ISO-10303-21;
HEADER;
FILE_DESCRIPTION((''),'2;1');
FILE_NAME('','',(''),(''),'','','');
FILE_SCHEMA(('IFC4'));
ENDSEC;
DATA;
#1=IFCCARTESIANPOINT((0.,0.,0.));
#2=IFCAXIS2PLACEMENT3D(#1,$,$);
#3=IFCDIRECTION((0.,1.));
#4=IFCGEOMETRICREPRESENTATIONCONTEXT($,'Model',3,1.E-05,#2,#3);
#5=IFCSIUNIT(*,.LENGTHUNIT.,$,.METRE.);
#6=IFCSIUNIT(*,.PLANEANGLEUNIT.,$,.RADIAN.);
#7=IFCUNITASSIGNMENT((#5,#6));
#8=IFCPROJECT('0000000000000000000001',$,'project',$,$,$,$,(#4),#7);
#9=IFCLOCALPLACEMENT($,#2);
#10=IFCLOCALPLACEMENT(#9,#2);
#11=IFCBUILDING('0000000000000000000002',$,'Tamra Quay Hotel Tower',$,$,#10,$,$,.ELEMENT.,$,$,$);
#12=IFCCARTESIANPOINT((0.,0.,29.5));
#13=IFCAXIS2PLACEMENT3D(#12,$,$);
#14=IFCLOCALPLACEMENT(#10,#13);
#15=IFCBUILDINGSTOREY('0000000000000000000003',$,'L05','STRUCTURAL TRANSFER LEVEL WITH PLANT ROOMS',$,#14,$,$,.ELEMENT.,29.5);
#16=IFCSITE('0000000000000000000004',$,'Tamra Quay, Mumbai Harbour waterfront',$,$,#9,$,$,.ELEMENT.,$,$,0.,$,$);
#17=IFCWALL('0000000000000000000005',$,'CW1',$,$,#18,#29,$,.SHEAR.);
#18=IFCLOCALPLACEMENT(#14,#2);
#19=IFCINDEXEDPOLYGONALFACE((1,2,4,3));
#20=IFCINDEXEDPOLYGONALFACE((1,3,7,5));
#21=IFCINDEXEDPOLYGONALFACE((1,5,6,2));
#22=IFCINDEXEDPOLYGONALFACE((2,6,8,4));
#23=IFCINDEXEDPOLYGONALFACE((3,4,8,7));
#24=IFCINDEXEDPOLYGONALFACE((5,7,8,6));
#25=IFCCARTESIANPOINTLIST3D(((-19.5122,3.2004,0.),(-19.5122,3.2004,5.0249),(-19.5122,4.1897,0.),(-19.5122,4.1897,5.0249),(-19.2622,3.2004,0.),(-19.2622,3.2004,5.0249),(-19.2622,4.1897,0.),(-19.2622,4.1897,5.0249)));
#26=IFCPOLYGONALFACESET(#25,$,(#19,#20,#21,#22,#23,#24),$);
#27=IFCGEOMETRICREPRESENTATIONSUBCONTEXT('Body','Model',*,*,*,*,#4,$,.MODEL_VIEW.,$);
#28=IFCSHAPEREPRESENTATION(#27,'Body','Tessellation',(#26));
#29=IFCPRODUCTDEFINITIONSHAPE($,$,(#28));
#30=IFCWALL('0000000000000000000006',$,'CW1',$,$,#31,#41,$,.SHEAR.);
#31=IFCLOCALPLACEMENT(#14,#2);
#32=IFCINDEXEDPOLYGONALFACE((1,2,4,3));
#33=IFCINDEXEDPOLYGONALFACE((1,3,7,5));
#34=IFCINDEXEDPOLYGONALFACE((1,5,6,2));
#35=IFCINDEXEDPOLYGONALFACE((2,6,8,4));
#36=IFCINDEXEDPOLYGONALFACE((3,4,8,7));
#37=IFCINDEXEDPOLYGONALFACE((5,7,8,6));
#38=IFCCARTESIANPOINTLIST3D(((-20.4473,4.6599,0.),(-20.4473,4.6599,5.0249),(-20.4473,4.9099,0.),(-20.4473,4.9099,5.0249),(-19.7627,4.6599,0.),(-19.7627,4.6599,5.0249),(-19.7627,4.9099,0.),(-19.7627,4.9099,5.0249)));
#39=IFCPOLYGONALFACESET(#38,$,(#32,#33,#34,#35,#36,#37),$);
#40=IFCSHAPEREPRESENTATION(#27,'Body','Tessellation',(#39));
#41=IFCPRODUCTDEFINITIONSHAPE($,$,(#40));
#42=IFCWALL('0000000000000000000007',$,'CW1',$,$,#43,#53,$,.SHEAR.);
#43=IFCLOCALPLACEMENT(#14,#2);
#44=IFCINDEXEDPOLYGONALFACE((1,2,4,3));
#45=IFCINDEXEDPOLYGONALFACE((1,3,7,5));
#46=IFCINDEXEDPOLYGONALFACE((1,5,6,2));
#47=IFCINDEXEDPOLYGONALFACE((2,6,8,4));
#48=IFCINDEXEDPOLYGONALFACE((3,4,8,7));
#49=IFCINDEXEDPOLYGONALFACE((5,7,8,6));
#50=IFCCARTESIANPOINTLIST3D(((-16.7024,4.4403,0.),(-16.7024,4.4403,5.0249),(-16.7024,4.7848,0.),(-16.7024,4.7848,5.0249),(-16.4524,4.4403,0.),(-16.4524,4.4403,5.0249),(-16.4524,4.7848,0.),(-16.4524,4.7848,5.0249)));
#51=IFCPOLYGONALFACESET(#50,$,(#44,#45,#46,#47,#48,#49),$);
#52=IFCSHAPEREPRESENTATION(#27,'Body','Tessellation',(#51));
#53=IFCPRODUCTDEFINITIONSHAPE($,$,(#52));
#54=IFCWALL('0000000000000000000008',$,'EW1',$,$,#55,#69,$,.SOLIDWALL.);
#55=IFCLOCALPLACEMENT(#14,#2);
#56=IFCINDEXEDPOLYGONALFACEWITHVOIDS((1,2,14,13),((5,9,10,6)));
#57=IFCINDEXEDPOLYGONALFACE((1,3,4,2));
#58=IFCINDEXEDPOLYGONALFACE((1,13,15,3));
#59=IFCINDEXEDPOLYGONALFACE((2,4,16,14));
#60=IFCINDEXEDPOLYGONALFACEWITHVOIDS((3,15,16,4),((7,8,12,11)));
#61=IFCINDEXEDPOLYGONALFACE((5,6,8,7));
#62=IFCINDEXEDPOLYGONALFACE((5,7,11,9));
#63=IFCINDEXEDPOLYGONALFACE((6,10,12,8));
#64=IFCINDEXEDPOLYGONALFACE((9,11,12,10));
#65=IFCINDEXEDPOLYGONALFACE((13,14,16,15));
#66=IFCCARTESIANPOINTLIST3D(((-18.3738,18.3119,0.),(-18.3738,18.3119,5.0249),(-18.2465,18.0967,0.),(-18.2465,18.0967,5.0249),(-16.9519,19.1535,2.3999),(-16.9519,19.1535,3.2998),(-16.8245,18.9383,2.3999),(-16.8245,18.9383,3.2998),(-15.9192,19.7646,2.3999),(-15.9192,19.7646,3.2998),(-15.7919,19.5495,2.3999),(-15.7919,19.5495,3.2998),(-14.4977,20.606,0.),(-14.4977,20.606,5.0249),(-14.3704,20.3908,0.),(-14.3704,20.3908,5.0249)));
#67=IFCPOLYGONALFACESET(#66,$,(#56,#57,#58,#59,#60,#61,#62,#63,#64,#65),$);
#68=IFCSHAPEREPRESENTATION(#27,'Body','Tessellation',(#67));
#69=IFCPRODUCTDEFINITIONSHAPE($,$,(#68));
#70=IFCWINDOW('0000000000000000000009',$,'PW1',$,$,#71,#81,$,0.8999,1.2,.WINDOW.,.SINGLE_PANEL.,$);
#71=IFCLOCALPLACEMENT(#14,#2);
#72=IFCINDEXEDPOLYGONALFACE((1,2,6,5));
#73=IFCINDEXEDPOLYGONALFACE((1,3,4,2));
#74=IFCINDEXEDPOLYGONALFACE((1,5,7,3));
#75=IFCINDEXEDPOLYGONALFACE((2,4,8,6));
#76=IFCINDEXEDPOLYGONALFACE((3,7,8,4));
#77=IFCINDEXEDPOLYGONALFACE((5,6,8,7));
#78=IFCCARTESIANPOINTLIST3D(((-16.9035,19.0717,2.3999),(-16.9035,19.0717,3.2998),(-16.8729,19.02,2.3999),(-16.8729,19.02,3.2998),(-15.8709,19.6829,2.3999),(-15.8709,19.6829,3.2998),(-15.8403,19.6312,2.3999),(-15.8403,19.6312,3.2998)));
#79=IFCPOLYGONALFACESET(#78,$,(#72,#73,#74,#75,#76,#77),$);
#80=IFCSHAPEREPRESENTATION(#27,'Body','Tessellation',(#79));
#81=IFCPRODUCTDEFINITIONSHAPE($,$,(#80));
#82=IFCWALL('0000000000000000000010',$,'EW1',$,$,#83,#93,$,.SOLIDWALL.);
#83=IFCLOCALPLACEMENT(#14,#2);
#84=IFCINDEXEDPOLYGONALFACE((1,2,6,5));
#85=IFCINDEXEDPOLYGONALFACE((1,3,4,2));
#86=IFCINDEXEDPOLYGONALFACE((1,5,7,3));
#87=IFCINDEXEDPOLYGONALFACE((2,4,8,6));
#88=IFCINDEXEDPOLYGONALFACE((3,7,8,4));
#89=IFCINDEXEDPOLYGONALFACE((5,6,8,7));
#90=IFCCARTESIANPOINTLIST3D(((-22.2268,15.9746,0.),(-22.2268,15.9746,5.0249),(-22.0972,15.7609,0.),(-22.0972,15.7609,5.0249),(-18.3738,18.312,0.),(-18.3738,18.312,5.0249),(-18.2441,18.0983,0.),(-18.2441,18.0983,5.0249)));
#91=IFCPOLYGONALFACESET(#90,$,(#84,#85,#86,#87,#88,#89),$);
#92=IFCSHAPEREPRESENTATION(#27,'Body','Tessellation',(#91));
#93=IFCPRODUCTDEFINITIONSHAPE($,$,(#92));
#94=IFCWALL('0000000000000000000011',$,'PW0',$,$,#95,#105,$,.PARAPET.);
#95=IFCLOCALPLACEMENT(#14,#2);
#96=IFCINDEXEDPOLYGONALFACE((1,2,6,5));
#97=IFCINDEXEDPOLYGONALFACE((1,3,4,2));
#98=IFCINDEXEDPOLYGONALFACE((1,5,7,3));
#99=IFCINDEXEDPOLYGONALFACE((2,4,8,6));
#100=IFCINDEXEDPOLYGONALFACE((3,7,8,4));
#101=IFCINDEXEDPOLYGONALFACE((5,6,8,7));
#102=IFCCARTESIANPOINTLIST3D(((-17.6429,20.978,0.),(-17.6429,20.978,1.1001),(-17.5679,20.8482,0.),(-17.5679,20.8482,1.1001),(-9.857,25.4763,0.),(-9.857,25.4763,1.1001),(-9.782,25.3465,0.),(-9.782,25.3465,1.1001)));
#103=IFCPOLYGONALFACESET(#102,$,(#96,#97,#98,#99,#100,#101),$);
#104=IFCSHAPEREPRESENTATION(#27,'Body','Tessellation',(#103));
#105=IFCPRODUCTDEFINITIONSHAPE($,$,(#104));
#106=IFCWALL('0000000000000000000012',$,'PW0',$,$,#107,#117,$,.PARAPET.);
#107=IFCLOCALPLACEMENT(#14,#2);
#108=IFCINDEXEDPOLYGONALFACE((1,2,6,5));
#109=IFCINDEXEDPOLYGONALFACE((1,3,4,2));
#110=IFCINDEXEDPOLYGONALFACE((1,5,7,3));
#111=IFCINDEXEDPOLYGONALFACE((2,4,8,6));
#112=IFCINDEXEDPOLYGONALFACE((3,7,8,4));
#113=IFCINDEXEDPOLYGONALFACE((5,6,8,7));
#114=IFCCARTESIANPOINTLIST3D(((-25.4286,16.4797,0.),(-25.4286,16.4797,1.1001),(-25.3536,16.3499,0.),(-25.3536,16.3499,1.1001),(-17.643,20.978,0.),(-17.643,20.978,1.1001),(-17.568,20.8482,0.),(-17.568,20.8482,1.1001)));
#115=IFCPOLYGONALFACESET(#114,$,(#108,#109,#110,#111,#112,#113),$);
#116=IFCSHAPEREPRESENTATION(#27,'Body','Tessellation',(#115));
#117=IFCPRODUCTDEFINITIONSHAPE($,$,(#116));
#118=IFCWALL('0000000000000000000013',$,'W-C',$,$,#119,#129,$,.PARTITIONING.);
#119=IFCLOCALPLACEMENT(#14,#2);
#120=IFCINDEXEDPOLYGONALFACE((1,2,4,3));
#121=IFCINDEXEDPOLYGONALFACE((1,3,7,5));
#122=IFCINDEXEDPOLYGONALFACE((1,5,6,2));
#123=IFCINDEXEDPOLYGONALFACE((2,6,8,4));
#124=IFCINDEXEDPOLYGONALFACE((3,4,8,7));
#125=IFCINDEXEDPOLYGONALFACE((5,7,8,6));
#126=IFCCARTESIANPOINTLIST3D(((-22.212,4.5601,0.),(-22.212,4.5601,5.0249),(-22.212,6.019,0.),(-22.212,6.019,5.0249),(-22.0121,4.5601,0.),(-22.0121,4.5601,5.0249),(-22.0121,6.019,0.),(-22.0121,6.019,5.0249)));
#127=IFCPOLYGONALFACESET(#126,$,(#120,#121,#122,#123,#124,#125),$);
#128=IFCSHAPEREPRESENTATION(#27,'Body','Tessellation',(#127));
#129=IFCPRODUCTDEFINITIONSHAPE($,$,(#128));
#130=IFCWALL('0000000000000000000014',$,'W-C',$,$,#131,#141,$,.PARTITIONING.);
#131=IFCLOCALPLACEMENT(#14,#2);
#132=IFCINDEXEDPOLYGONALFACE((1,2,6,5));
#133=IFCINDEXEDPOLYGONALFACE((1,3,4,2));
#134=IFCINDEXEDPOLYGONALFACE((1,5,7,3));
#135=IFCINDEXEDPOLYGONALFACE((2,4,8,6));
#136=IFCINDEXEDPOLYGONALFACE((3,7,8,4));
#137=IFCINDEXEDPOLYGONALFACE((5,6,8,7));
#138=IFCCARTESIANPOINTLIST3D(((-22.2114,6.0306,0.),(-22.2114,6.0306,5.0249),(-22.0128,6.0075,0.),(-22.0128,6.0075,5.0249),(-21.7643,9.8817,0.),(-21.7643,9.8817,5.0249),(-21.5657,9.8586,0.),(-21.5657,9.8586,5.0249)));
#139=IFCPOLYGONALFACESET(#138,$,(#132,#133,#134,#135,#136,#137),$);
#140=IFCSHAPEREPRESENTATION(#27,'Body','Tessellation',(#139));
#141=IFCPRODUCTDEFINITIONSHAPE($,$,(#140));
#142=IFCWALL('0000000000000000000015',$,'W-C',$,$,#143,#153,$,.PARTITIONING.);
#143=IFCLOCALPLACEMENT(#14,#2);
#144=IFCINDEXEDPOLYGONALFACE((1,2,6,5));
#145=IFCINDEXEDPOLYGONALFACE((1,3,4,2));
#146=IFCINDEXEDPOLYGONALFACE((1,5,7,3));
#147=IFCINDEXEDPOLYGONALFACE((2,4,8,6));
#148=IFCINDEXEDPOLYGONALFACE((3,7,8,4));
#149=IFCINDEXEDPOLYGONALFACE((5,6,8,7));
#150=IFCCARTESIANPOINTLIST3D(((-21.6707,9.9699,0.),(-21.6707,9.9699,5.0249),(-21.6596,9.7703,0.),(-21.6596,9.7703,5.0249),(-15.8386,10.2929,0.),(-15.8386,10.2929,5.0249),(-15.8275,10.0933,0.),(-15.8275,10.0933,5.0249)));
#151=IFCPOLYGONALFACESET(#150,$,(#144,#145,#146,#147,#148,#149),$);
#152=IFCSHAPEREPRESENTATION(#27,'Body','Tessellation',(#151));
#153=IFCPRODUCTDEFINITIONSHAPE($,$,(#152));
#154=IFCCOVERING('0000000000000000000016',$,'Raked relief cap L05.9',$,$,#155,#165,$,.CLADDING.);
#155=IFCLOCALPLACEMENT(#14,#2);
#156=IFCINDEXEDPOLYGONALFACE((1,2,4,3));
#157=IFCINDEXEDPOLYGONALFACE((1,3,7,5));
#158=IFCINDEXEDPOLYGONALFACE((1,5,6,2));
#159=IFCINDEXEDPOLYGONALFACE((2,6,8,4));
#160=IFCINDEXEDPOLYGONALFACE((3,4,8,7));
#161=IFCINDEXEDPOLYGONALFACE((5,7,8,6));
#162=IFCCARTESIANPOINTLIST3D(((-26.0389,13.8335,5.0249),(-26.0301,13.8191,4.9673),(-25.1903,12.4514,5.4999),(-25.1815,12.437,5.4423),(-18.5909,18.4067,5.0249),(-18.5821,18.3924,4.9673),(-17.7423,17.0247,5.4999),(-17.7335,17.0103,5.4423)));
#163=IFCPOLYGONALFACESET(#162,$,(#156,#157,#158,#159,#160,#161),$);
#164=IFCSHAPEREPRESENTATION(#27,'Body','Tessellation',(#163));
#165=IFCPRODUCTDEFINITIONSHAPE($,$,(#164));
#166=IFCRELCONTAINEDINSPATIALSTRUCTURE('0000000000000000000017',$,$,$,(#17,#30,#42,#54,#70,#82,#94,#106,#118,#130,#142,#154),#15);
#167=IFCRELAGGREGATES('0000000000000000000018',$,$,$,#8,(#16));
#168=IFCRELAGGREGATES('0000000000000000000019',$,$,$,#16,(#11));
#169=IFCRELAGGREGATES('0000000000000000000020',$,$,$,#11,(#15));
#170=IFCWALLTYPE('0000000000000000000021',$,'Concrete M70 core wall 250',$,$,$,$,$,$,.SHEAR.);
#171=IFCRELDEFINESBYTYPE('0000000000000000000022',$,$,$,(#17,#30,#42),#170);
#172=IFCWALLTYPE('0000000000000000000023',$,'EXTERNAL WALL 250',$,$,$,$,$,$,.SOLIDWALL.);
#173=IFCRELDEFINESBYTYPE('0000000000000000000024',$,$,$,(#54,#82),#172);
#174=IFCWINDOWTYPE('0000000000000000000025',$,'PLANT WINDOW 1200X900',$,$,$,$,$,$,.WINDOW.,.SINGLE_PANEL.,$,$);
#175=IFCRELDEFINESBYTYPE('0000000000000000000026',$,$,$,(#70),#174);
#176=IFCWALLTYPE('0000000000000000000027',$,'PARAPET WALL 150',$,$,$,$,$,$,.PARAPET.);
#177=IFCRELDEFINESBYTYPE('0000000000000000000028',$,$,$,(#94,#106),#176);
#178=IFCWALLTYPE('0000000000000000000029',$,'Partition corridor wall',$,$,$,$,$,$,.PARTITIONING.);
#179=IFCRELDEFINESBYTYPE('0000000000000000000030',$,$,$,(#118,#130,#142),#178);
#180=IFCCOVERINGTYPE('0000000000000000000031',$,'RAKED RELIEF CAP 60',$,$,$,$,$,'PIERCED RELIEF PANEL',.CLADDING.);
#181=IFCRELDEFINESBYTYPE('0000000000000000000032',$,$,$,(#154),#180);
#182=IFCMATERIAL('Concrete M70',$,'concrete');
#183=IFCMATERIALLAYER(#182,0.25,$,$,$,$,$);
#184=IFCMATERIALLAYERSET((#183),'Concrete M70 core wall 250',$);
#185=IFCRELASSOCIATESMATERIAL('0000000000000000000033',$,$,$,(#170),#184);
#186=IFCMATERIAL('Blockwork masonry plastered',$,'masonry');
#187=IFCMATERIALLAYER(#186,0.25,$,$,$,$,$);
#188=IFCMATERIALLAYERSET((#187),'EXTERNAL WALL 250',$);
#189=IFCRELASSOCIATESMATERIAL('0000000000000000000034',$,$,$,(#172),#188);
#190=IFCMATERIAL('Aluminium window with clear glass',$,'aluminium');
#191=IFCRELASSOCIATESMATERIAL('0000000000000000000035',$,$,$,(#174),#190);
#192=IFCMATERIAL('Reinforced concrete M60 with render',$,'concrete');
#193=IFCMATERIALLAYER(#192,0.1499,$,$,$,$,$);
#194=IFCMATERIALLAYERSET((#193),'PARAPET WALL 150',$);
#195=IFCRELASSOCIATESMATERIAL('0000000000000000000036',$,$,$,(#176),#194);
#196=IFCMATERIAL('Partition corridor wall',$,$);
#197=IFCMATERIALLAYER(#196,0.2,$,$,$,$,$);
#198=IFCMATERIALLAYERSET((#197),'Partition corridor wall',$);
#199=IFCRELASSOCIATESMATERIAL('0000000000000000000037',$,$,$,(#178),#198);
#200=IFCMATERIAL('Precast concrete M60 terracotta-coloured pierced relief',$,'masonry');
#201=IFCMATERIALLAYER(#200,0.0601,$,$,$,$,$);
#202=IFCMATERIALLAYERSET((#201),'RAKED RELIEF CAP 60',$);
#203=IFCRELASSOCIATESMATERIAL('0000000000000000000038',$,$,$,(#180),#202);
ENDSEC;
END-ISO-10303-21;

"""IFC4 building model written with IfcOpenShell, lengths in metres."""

from ifc_helpers import new_model, si_unit, direction, frame, frame_2d, origin, place, context, subcontext, project, spatial, rectangle, extrude, source, transform, mapped, material, layer, layer_set, type_object, element, fill, save


model = new_model("IFC4")

# Units and contexts
model_context = context("Model", 3, precision=1e-05, world=origin(), true_north=direction((0.0, 1.0)))
body_context = subcontext(model_context, "Body", "Model", "MODEL_VIEW")
ifc_project = project(units=[si_unit("LENGTHUNIT", "METRE"), si_unit("PLANEANGLEUNIT", "RADIAN")], contexts=[model_context])

# Site, building, storey
site_placement = place(None, origin())
site = spatial("IfcSite", under=ifc_project, at=site_placement, Name="Tamra Quay, Mumbai Harbour waterfront", CompositionType="ELEMENT", RefElevation=0.0)
building_placement = place(site_placement, origin())
building = spatial("IfcBuilding", under=site, at=building_placement, Name="Tamra Quay Hotel Tower", CompositionType="ELEMENT")
storey_placement = place(building_placement, frame((0.0, 0.0, 29.5)))
storey = spatial("IfcBuildingStorey", under=building, at=storey_placement, Name="L05", Description="STRUCTURAL TRANSFER LEVEL WITH PLANT ROOMS", CompositionType="ELEMENT", Elevation=29.5)

# Shared definitions
ifc_material_1 = material(Name="Concrete M70", Category="concrete")

# Shared definitions
ifc_layer_1 = layer(ifc_material_1, 0.25)
ifc_layer_set_1 = layer_set([ifc_layer_1], Name="Concrete M70 core wall 250")
wall_type_1 = type_object("IfcWallType", Name="Concrete M70 core wall 250", PredefinedType="SHEAR", material=ifc_layer_set_1)

# Walls
wall_1_placement = place(storey_placement, frame((-19.3872, 4.1897, 0.0), z_axis=(0.0, 0.0, 1.0), x_axis=(0.0, -1.0, 0.0)))
element("IfcWall", 1, at=wall_1_placement, inside=storey, type_object=wall_type_1, Name="CW1", PredefinedType="SHEAR", context=body_context, shape_type="SweptSolid", body=[
    extrude(rectangle(XDim=0.9893, YDim=0.25, at=frame_2d((0.4946, 0.0))), origin(), (0.0, 0.0, 1.0), 5.0249),
])
wall_2_placement = place(storey_placement, frame((-20.4473, 4.7849, 0.0), z_axis=(0.0, 0.0, 1.0), x_axis=(1.0, 0.0, 0.0)))
element("IfcWall", 2, at=wall_2_placement, inside=storey, type_object=wall_type_1, Name="CW1", PredefinedType="SHEAR", context=body_context, shape_type="SweptSolid", body=[
    extrude(rectangle(XDim=0.6846, YDim=0.25, at=frame_2d((0.3423, 0.0))), origin(), (0.0, 0.0, 1.0), 5.0249),
])
wall_3_placement = place(storey_placement, frame((-16.5774, 4.7849, 0.0), z_axis=(0.0, 0.0, 1.0), x_axis=(0.0, -1.0, 0.0)))
element("IfcWall", 3, at=wall_3_placement, inside=storey, type_object=wall_type_1, Name="CW1", PredefinedType="SHEAR", context=body_context, shape_type="SweptSolid", body=[
    extrude(rectangle(XDim=0.3445, YDim=0.25, at=frame_2d((0.1724, 0.0))), origin(), (0.0, 0.0, 1.0), 5.0249),
])

# Wall, opening, window
ifc_material_2 = material(Name="Blockwork masonry plastered", Category="masonry")
ifc_layer_2 = layer(ifc_material_2, 0.25)
ifc_layer_set_2 = layer_set([ifc_layer_2], Name="EXTERNAL WALL 250")
wall_type_2 = type_object("IfcWallType", Name="EXTERNAL WALL 250", PredefinedType="SOLIDWALL", material=ifc_layer_set_2)
wall_4_placement = place(storey_placement, frame((-18.3101, 18.2043, 0.0), z_axis=(0.0, 0.0, 1.0), x_axis=(0.860567, 0.509337, 0.0)))
wall_4 = element("IfcWall", 4, at=wall_4_placement, inside=storey, type_object=wall_type_2, Name="EW1", PredefinedType="SOLIDWALL", context=body_context, shape_type="SweptSolid", body=[
    extrude(rectangle(XDim=4.5042, YDim=0.25, at=frame_2d((2.252, 0.0))), origin(), (0.0, 0.0, 1.0), 5.0249),
])
opening_1_placement = place(wall_4_placement, frame((1.6521, 0.0, 2.3999)))
opening_1 = element("IfcOpeningElement", 5, at=opening_1_placement, cuts=wall_4, PredefinedType="OPENING", context=body_context, shape_type="SweptSolid", body=[
    extrude(rectangle(XDim=1.2, YDim=0.8999, at=frame_2d((0.6001, 0.45))), frame((0.0, 0.135, 0.0), z_axis=(0.0, -1.0, 0.0), x_axis=(1.0, 0.0, 0.0)), (0.0, 0.0, 1.0), 0.27),
])
ifc_material_3 = material(Name="Aluminium window with clear glass", Category="aluminium")
window_type = type_object("IfcWindowType", Name="PLANT WINDOW 1200X900", PartitioningType="SINGLE_PANEL", PredefinedType="WINDOW", material=ifc_material_3)
window_placement = place(opening_1_placement, origin())
window = element("IfcWindow", 6, at=window_placement, inside=storey, type_object=window_type, Name="PW1", OverallHeight=0.8999, OverallWidth=1.2, PartitioningType="SINGLE_PANEL", PredefinedType="WINDOW", context=body_context, shape_type="SweptSolid", body=[
    extrude(rectangle(XDim=1.2, YDim=0.8999, at=frame_2d((0.6001, 0.45))), frame((0.0, 0.03, 0.0), z_axis=(0.0, -1.0, 0.0), x_axis=(1.0, 0.0, 0.0)), (0.0, 0.0, 1.0), 0.0601),
])
fill(opening_1, window)

# Walls
wall_5_placement = place(storey_placement, frame((-22.1621, 15.8677, 0.0), z_axis=(0.0, 0.0, 1.0), x_axis=(0.854978, 0.518664, 0.0)))
element("IfcWall", 7, at=wall_5_placement, inside=storey, type_object=wall_type_2, Name="EW1", PredefinedType="SOLIDWALL", context=body_context, shape_type="SweptSolid", body=[
    extrude(rectangle(XDim=4.5066, YDim=0.25, at=frame_2d((2.2534, 0.0))), origin(), (0.0, 0.0, 1.0), 5.0249),
])
ifc_material_4 = material(Name="Reinforced concrete M60 with render", Category="concrete")
ifc_layer_3 = layer(ifc_material_4, 0.1499)
ifc_layer_set_3 = layer_set([ifc_layer_3], Name="PARAPET WALL 150")
wall_type_3 = type_object("IfcWallType", Name="PARAPET WALL 150", PredefinedType="PARAPET", material=ifc_layer_set_3)
wall_6_placement = place(storey_placement, frame((-17.6055, 20.9131, 0.0), z_axis=(0.0, 0.0, 1.0), x_axis=(0.865876, 0.500259, 0.0)))
element("IfcWall", 8, at=wall_6_placement, inside=storey, type_object=wall_type_3, Name="PW0", PredefinedType="PARAPET", context=body_context, shape_type="SweptSolid", body=[
    extrude(rectangle(XDim=8.9919, YDim=0.1499, at=frame_2d((4.4961, 0.0))), origin(), (0.0, 0.0, 1.0), 1.1001),
])
wall_7_placement = place(storey_placement, frame((-25.3911, 16.4148, 0.0), z_axis=(0.0, 0.0, 1.0), x_axis=(0.865869, 0.500271, 0.0)))
element("IfcWall", 9, at=wall_7_placement, inside=storey, type_object=wall_type_3, Name="PW0", PredefinedType="PARAPET", context=body_context, shape_type="SweptSolid", body=[
    extrude(rectangle(XDim=8.9917, YDim=0.1499, at=frame_2d((4.4958, 0.0))), origin(), (0.0, 0.0, 1.0), 1.1001),
])
ifc_material_5 = material(Name="Partition corridor wall")
ifc_layer_4 = layer(ifc_material_5, 0.2)
ifc_layer_set_4 = layer_set([ifc_layer_4], Name="Partition corridor wall")
wall_type_4 = type_object("IfcWallType", Name="Partition corridor wall", PredefinedType="PARTITIONING", material=ifc_layer_set_4)
wall_8_placement = place(storey_placement, frame((-22.1121, 4.5601, 0.0), z_axis=(0.0, 0.0, 1.0), x_axis=(0.0, 1.0, 0.0)))
element("IfcWall", 10, at=wall_8_placement, inside=storey, type_object=wall_type_4, Name="W-C", PredefinedType="PARTITIONING", context=body_context, shape_type="SweptSolid", body=[
    extrude(rectangle(XDim=1.459, YDim=0.2, at=frame_2d((0.7295, 0.0))), origin(), (0.0, 0.0, 1.0), 5.0249),
])
wall_9_placement = place(storey_placement, frame((-22.1121, 6.019, 0.0), z_axis=(0.0, 0.0, 1.0), x_axis=(0.115303, 0.99333, 0.0)))
element("IfcWall", 11, at=wall_9_placement, inside=storey, type_object=wall_type_4, Name="W-C", PredefinedType="PARTITIONING", context=body_context, shape_type="SweptSolid", body=[
    extrude(rectangle(XDim=3.877, YDim=0.2, at=frame_2d((1.9385, 0.0))), origin(), (0.0, 0.0, 1.0), 5.0249),
])
wall_10_placement = place(storey_placement, frame((-21.665, 9.8701, 0.0), z_axis=(0.0, 0.0, 1.0), x_axis=(0.99847, 0.055299, 0.0)))
element("IfcWall", 12, at=wall_10_placement, inside=storey, type_object=wall_type_4, Name="W-C", PredefinedType="PARTITIONING", context=body_context, shape_type="SweptSolid", body=[
    extrude(rectangle(XDim=5.8411, YDim=0.2, at=frame_2d((2.9204, 0.0))), origin(), (0.0, 0.0, 1.0), 5.0249),
])

# Covering
ifc_material_6 = material(Name="Precast concrete M60 terracotta-coloured pierced relief", Category="masonry")
ifc_layer_5 = layer(ifc_material_6, 0.0601)
ifc_layer_set_5 = layer_set([ifc_layer_5], Name="RAKED RELIEF CAP 60")
covering_type_1 = type_object("IfcCoveringType", Name="RAKED RELIEF CAP 60", ElementType="PIERCED RELIEF PANEL", PredefinedType="CLADDING", material=ifc_layer_set_5)
shared_shape_1 = source(origin(), body_context, "Body", "SweptSolid", [
    extrude(rectangle(XDim=8.74, YDim=1.6899, at=frame_2d((4.3701, 0.845))), frame((-4.3701, 0.0, -0.0601)), (0.0, 0.0, 1.0), 0.0601),
])
covering_1_placement = place(storey_placement, frame((-22.3149, 16.1201, 5.0249), z_axis=(-0.147088, 0.239548, 0.959678), x_axis=(-0.852176, -0.523256, 0.0)))
element("IfcCovering", 13, at=covering_1_placement, inside=storey, type_object=covering_type_1, Name="Raked relief cap L05.9", PredefinedType="CLADDING", context=body_context, shape_type="MappedRepresentation", body=[
    mapped(shared_shape_1, transform((0.0, 0.0, 0.0), scale=1.0)),
])

save(model, "model.ifc")
